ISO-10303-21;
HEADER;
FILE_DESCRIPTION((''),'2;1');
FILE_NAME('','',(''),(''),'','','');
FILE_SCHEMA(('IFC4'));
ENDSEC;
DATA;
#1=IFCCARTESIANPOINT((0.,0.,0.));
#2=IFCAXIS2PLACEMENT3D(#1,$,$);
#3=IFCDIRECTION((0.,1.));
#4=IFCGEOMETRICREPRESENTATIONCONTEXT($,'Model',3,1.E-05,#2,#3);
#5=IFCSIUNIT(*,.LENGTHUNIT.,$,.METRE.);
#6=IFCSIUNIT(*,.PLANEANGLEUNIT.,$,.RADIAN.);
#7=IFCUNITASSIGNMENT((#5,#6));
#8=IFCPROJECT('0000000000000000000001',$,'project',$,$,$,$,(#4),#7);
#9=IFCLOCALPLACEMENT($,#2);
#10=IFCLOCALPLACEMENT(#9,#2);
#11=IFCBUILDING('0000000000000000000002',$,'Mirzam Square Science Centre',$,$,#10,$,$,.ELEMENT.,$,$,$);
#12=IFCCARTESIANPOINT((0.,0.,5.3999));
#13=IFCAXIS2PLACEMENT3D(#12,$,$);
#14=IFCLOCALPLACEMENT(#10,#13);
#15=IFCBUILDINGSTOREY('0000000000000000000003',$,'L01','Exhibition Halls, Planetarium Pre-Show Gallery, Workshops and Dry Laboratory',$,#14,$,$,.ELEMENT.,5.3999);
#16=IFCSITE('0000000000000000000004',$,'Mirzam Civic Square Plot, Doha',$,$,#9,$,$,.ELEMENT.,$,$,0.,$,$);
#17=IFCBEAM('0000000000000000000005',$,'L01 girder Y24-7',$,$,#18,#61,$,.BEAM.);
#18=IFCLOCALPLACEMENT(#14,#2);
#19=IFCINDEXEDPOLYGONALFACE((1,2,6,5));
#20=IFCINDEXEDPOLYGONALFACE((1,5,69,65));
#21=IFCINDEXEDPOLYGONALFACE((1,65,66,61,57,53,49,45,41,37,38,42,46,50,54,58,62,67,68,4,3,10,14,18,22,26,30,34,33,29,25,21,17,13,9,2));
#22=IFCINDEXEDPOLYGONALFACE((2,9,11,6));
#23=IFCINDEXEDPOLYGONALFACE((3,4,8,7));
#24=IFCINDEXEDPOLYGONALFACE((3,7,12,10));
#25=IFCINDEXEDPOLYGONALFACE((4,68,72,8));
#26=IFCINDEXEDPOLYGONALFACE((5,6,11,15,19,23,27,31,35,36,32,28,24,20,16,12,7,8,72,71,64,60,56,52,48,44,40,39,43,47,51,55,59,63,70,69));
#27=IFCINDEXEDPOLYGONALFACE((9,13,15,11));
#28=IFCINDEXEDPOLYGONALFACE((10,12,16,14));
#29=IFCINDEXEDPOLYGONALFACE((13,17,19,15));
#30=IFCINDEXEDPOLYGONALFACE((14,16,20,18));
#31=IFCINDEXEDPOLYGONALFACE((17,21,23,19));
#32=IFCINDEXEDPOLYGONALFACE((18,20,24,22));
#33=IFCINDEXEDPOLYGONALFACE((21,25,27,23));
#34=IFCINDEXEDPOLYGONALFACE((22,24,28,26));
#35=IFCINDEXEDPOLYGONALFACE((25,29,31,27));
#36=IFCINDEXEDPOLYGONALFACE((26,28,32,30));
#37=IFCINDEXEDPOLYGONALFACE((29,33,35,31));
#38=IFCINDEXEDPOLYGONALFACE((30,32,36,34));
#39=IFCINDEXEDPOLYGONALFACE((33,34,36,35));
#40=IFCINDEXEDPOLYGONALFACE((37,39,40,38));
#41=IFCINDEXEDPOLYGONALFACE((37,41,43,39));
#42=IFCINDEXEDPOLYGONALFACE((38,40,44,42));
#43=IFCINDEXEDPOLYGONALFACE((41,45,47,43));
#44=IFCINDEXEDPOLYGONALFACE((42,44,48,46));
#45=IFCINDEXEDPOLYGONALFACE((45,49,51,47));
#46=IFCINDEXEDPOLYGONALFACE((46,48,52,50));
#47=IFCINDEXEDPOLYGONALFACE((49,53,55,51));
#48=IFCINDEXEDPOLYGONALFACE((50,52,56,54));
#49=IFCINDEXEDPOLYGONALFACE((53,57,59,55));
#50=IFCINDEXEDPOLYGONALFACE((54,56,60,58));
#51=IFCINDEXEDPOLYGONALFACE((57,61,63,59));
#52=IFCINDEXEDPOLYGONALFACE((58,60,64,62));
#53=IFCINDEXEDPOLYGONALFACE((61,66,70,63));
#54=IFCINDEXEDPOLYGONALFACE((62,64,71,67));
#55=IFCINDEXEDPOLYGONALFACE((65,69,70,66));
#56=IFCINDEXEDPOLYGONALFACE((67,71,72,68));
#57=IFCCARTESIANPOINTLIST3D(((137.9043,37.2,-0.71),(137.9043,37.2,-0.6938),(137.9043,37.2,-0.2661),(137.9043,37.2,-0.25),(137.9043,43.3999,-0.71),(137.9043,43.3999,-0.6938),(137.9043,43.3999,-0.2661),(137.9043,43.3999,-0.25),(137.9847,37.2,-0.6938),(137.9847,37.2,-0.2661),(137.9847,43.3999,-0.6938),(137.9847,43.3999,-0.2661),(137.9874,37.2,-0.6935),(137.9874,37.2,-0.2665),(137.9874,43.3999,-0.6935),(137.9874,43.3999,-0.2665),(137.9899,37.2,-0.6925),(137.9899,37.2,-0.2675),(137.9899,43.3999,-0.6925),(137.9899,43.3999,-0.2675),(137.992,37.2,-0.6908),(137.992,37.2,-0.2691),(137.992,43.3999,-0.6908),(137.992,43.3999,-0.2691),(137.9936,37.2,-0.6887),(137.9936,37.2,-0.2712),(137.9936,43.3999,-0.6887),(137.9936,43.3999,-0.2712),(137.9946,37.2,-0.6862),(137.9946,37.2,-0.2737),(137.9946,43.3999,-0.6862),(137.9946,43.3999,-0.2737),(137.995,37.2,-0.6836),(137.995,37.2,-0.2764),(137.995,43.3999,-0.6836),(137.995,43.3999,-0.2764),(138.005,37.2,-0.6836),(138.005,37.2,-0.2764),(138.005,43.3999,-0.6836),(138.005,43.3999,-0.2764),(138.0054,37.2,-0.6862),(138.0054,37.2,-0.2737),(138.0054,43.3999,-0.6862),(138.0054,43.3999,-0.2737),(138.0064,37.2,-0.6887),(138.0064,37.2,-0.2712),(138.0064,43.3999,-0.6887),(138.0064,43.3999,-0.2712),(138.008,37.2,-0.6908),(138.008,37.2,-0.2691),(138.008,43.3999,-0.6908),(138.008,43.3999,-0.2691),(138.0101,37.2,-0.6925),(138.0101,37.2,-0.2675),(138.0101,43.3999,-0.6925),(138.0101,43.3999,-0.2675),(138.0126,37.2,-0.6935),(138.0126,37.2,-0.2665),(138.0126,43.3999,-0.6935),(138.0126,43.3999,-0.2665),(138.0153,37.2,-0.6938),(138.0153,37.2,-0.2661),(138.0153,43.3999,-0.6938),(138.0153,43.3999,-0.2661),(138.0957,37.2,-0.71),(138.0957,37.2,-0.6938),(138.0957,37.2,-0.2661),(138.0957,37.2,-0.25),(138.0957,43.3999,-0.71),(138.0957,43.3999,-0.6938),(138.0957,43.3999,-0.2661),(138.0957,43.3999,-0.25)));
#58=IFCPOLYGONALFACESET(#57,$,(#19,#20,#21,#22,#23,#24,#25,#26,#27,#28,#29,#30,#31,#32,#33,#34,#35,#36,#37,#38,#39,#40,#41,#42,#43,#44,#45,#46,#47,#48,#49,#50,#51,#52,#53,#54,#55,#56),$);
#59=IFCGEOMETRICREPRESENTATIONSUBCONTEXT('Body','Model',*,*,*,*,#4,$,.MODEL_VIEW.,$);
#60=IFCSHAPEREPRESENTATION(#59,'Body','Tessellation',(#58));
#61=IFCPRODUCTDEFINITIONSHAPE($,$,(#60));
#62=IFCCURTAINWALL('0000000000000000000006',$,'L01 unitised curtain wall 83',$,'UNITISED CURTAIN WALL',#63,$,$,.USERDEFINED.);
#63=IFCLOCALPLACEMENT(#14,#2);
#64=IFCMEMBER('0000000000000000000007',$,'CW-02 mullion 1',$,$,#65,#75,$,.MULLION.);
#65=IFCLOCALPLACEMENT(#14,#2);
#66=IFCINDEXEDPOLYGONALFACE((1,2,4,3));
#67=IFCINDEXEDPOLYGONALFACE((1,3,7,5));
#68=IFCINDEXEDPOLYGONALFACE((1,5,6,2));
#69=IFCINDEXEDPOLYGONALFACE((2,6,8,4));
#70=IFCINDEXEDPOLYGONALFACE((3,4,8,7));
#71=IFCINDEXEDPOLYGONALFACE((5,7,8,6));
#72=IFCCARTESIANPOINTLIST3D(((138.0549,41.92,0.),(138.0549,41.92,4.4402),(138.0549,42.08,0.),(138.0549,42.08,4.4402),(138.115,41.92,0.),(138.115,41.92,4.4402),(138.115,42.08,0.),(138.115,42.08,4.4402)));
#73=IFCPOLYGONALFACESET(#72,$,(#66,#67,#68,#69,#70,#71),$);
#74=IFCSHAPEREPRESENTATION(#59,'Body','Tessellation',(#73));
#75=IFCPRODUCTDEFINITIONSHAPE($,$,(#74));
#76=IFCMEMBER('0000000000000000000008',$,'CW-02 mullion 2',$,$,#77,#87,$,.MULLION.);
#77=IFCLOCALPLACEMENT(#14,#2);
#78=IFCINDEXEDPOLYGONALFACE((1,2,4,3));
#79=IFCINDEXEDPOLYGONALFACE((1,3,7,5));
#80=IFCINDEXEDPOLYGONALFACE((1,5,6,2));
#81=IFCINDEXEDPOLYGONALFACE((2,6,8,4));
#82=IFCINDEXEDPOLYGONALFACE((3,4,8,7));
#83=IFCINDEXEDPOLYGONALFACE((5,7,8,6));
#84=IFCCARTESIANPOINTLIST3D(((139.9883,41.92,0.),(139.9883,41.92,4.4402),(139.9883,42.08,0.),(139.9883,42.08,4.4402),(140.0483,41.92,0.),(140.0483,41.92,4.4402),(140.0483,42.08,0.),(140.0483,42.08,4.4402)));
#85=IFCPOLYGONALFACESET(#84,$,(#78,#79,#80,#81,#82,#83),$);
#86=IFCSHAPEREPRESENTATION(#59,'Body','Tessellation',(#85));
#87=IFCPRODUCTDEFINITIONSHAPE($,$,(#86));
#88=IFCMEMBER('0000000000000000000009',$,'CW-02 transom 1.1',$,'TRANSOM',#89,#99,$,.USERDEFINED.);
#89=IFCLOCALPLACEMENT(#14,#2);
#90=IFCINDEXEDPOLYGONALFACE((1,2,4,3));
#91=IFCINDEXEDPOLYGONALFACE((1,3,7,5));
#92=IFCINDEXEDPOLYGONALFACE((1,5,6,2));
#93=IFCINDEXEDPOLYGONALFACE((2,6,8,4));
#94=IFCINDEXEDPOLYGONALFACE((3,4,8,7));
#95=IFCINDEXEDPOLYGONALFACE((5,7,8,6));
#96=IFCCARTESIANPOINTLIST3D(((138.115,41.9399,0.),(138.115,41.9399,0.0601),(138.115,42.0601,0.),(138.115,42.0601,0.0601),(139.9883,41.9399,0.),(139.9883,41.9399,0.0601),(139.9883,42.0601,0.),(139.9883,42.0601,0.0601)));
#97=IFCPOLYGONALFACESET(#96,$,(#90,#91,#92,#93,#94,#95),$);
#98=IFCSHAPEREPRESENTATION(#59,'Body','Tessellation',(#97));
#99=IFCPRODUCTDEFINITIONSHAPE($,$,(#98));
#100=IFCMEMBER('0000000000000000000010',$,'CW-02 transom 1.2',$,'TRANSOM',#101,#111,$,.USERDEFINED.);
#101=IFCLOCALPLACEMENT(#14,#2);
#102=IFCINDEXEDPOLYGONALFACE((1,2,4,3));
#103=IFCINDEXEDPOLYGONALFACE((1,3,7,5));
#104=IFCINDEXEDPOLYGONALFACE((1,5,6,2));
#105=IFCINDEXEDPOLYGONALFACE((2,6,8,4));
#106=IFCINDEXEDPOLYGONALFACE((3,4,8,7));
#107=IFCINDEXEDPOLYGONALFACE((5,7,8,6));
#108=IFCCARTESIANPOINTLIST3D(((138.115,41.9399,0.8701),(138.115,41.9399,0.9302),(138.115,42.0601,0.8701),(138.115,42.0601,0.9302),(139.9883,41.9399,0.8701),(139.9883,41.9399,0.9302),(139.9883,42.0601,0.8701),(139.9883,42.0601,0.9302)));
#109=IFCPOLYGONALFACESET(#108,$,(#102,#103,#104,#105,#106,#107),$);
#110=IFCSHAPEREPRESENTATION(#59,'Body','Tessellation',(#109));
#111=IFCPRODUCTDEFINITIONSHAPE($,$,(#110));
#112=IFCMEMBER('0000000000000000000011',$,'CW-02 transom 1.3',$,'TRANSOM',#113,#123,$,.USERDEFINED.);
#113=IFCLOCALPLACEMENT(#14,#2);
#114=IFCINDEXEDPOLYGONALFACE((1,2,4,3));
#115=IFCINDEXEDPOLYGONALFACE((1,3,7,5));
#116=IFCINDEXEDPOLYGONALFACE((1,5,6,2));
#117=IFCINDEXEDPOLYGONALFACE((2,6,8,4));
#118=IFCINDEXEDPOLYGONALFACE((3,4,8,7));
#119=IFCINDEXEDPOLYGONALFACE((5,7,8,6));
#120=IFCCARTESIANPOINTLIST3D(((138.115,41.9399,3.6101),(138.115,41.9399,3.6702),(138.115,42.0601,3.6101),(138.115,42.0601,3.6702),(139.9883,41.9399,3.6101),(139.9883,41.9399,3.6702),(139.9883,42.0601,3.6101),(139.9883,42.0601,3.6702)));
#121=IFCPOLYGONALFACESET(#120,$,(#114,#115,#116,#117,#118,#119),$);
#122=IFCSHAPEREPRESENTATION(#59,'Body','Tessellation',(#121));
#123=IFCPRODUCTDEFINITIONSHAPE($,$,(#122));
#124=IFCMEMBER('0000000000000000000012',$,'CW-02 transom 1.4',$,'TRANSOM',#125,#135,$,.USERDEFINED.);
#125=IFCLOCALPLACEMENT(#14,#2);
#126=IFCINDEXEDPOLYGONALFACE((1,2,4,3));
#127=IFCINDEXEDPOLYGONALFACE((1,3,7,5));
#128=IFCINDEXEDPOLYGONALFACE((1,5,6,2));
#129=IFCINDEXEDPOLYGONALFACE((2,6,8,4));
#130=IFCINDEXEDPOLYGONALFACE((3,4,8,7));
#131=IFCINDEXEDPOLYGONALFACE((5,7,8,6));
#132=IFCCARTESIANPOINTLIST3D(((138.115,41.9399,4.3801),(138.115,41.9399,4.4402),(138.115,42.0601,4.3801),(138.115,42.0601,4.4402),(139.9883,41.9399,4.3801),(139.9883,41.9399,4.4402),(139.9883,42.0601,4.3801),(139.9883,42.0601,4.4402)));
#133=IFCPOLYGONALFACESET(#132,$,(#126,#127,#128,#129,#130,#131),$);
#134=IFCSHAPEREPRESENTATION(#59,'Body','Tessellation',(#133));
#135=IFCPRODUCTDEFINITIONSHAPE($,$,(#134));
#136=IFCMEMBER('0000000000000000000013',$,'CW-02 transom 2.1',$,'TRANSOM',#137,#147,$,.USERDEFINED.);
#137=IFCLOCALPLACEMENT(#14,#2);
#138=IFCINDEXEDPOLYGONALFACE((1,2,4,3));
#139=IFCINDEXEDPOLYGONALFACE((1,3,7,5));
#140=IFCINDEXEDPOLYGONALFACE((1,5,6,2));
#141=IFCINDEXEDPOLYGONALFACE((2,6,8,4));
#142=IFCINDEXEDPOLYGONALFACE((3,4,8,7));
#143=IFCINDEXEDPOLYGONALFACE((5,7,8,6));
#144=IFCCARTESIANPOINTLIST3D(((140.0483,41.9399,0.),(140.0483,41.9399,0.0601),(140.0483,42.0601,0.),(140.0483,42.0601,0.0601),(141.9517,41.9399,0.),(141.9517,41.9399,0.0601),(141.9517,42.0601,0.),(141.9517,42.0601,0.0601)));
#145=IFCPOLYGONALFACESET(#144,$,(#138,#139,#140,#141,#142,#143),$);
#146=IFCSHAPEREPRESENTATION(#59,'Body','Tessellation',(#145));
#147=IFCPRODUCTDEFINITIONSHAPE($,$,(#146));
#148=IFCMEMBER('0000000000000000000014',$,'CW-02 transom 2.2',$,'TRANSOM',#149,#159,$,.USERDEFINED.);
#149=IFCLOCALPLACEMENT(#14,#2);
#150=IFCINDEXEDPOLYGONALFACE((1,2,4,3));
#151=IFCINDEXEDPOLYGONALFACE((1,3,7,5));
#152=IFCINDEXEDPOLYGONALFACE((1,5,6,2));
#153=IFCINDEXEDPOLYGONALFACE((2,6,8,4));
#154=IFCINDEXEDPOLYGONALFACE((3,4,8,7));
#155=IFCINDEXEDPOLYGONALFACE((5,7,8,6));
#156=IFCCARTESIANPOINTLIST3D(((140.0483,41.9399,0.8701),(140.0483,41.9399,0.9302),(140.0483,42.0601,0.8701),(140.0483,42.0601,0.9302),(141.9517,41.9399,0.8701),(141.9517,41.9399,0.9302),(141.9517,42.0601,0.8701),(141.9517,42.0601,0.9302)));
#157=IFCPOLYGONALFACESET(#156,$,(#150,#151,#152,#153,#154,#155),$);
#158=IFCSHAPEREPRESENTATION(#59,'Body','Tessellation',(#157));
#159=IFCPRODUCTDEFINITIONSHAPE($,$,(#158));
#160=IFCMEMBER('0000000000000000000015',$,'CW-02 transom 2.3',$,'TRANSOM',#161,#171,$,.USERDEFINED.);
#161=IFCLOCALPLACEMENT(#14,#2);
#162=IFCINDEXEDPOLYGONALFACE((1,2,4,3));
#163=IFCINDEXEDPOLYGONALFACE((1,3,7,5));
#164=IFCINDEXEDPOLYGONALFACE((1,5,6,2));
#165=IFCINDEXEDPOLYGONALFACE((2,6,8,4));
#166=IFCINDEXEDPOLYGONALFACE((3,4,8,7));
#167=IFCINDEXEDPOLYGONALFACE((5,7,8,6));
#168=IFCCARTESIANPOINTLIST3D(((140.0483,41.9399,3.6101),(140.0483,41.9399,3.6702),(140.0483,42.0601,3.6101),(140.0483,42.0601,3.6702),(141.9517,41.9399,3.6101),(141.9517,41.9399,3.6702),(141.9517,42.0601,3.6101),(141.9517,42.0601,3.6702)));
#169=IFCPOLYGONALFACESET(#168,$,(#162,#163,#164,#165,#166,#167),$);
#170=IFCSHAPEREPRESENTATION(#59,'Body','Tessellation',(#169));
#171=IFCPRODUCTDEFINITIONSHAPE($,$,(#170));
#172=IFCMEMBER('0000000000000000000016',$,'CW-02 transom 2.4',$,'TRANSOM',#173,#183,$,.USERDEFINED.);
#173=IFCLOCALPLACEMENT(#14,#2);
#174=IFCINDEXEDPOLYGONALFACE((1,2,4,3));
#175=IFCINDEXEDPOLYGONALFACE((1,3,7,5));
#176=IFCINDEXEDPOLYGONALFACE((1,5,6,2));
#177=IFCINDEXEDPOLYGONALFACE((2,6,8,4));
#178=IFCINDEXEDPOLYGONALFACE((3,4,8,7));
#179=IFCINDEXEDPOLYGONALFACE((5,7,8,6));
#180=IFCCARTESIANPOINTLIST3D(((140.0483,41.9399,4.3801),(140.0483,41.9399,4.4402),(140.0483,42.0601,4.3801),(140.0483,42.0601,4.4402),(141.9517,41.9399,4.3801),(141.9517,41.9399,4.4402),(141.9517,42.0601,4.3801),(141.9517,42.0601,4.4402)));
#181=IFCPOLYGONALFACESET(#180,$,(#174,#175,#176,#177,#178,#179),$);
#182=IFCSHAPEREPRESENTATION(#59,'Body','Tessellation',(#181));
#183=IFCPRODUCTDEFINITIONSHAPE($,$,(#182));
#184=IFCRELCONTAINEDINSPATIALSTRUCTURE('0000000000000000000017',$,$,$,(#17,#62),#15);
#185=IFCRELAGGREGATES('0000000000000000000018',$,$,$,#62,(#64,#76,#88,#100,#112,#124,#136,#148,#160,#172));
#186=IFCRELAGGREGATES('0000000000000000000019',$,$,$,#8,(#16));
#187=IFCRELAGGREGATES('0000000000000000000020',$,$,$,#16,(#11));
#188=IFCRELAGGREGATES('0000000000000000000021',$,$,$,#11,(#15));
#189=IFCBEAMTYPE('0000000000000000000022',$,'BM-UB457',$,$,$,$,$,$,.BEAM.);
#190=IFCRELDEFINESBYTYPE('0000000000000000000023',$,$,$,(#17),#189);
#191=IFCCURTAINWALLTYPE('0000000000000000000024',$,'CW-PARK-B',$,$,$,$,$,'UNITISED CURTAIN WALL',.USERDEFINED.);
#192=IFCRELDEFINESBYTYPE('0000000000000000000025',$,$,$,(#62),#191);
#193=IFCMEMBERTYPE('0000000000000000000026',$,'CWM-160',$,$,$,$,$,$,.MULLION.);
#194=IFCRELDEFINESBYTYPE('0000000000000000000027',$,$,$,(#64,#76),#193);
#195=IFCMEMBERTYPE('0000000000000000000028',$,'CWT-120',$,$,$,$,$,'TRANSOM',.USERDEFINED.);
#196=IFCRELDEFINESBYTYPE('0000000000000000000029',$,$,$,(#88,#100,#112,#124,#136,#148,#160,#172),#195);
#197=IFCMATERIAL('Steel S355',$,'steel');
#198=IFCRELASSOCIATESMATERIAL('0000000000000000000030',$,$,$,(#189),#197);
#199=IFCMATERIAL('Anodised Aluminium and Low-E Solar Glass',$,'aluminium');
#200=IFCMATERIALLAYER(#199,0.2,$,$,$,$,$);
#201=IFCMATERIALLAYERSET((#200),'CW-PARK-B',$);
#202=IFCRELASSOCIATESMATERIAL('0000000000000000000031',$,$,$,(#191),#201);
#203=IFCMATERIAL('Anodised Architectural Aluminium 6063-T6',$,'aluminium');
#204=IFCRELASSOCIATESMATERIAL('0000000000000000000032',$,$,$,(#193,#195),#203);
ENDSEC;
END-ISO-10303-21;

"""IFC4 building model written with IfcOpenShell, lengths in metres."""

from ifc_helpers import new_model, si_unit, direction, frame, origin, origin_2d, place, context, subcontext, project, spatial, rectangle, i_section, extrude, material, layer, layer_set, material_profile, profile_set, type_object, element, aggregate, save


model = new_model("IFC4")

# Units and contexts
model_context = context("Model", 3, precision=1e-05, world=origin(), true_north=direction((0.0, 1.0)))
body_context = subcontext(model_context, "Body", "Model", "MODEL_VIEW")
ifc_project = project(units=[si_unit("LENGTHUNIT", "METRE"), si_unit("PLANEANGLEUNIT", "RADIAN")], contexts=[model_context])

# Site, building, storey
site_placement = place(None, origin())
site = spatial("IfcSite", under=ifc_project, at=site_placement, Name="Mirzam Civic Square Plot, Doha", CompositionType="ELEMENT", RefElevation=0.0)
building_placement = place(site_placement, origin())
building = spatial("IfcBuilding", under=site, at=building_placement, Name="Mirzam Square Science Centre", CompositionType="ELEMENT")
storey_placement = place(building_placement, frame((0.0, 0.0, 5.3999)))
storey = spatial("IfcBuildingStorey", under=building, at=storey_placement, Name="L01", Description="Exhibition Halls, Planetarium Pre-Show Gallery, Workshops and Dry Laboratory", CompositionType="ELEMENT", Elevation=5.3999)

# Beam
ifc_material_1 = material(Name="Steel S355", Category="steel")
ifc_material_profile_1 = material_profile(ifc_material_1, i_section(OverallWidth=0.1914, OverallDepth=0.46, WebThickness=0.01, FlangeThickness=0.0161, FilletRadius=0.0103, at=origin_2d()), Name="457x191x82UB")
ifc_profile_set_1 = profile_set([ifc_material_profile_1], Name="Steel S355")
beam_type_1 = type_object("IfcBeamType", Name="BM-UB457", PredefinedType="BEAM", material=ifc_profile_set_1)
beam_1_placement = place(storey_placement, frame((138.0, 37.2, -0.48), z_axis=(0.0, 1.0, 0.0), x_axis=(-1.0, 0.0, 0.0)))
element("IfcBeam", 1, at=beam_1_placement, inside=storey, type_object=beam_type_1, Name="L01 girder Y24-7", PredefinedType="BEAM", context=body_context, shape_type="SweptSolid", body=[
    extrude(i_section(OverallWidth=0.1914, OverallDepth=0.46, WebThickness=0.01, FlangeThickness=0.0161, FilletRadius=0.0103, at=origin_2d()), origin(), (0.0, 0.0, 1.0), 6.2),
])

# Curtain wall, members
ifc_material_2 = material(Name="Anodised Aluminium and Low-E Solar Glass", Category="aluminium")
ifc_layer_1 = layer(ifc_material_2, 0.2)
ifc_layer_set_1 = layer_set([ifc_layer_1], Name="CW-PARK-B")
curtain_wall_type = type_object("IfcCurtainWallType", Name="CW-PARK-B", ElementType="UNITISED CURTAIN WALL", PredefinedType="USERDEFINED", material=ifc_layer_set_1)
curtain_wall_placement = place(storey_placement, origin())
curtain_wall = element("IfcCurtainWall", 2, at=curtain_wall_placement, inside=storey, type_object=curtain_wall_type, Name="L01 unitised curtain wall 83", ObjectType="UNITISED CURTAIN WALL", PredefinedType="USERDEFINED")
ifc_material_3 = material(Name="Anodised Architectural Aluminium 6063-T6", Category="aluminium")
ifc_material_profile_2 = material_profile(ifc_material_3, rectangle(XDim=0.0601, YDim=0.1599, at=origin_2d()), Name="ALU-MULL-160x60x4")
ifc_profile_set_2 = profile_set([ifc_material_profile_2], Name="Anodised Architectural Aluminium 6063-T6")
member_type_1 = type_object("IfcMemberType", Name="CWM-160", PredefinedType="MULLION", material=ifc_profile_set_2)
member_1_placement = place(storey_placement, frame((138.085, 42.0, 0.0), z_axis=(0.0, 0.0, 1.0), x_axis=(1.0, 0.0, 0.0)))
member_1 = element("IfcMember", 3, at=member_1_placement, type_object=member_type_1, Name="CW-02 mullion 1", PredefinedType="MULLION", context=body_context, shape_type="SweptSolid", body=[
    extrude(rectangle(XDim=0.0601, YDim=0.1599, at=origin_2d()), origin(), (0.0, 0.0, 1.0), 4.4402),
])
member_2_placement = place(storey_placement, frame((140.0183, 42.0, 0.0), z_axis=(0.0, 0.0, 1.0), x_axis=(1.0, 0.0, 0.0)))
member_2 = element("IfcMember", 4, at=member_2_placement, type_object=member_type_1, Name="CW-02 mullion 2", PredefinedType="MULLION", context=body_context, shape_type="SweptSolid", body=[
    extrude(rectangle(XDim=0.0601, YDim=0.1599, at=origin_2d()), origin(), (0.0, 0.0, 1.0), 4.4402),
])
ifc_material_profile_3 = material_profile(ifc_material_3, rectangle(XDim=0.1201, YDim=0.0601, at=origin_2d()), Name="ALU-TRAN-120x60x4")
ifc_profile_set_3 = profile_set([ifc_material_profile_3], Name="Anodised Architectural Aluminium 6063-T6")
member_type_2 = type_object("IfcMemberType", Name="CWT-120", ElementType="TRANSOM", PredefinedType="USERDEFINED", material=ifc_profile_set_3)
member_3_placement = place(storey_placement, frame((138.115, 42.0, 0.03), z_axis=(1.0, 0.0, 0.0), x_axis=(0.0, 1.0, 0.0)))
member_3 = element("IfcMember", 5, at=member_3_placement, type_object=member_type_2, Name="CW-02 transom 1.1", ObjectType="TRANSOM", PredefinedType="USERDEFINED", context=body_context, shape_type="SweptSolid", body=[
    extrude(rectangle(XDim=0.1201, YDim=0.0601, at=origin_2d()), origin(), (0.0, 0.0, 1.0), 1.8733),
])
member_4_placement = place(storey_placement, frame((138.115, 42.0, 0.9001), z_axis=(1.0, 0.0, 0.0), x_axis=(0.0, 1.0, 0.0)))
member_4 = element("IfcMember", 6, at=member_4_placement, type_object=member_type_2, Name="CW-02 transom 1.2", ObjectType="TRANSOM", PredefinedType="USERDEFINED", context=body_context, shape_type="SweptSolid", body=[
    extrude(rectangle(XDim=0.1201, YDim=0.0601, at=origin_2d()), origin(), (0.0, 0.0, 1.0), 1.8733),
])
member_5_placement = place(storey_placement, frame((138.115, 42.0, 3.6401), z_axis=(1.0, 0.0, 0.0), x_axis=(0.0, 1.0, 0.0)))
member_5 = element("IfcMember", 7, at=member_5_placement, type_object=member_type_2, Name="CW-02 transom 1.3", ObjectType="TRANSOM", PredefinedType="USERDEFINED", context=body_context, shape_type="SweptSolid", body=[
    extrude(rectangle(XDim=0.1201, YDim=0.0601, at=origin_2d()), origin(), (0.0, 0.0, 1.0), 1.8733),
])
member_6_placement = place(storey_placement, frame((138.115, 42.0, 4.4102), z_axis=(1.0, 0.0, 0.0), x_axis=(0.0, 1.0, 0.0)))
member_6 = element("IfcMember", 8, at=member_6_placement, type_object=member_type_2, Name="CW-02 transom 1.4", ObjectType="TRANSOM", PredefinedType="USERDEFINED", context=body_context, shape_type="SweptSolid", body=[
    extrude(rectangle(XDim=0.1201, YDim=0.0601, at=origin_2d()), origin(), (0.0, 0.0, 1.0), 1.8733),
])
member_7_placement = place(storey_placement, frame((140.0483, 42.0, 0.03), z_axis=(1.0, 0.0, 0.0), x_axis=(0.0, 1.0, 0.0)))
member_7 = element("IfcMember", 9, at=member_7_placement, type_object=member_type_2, Name="CW-02 transom 2.1", ObjectType="TRANSOM", PredefinedType="USERDEFINED", context=body_context, shape_type="SweptSolid", body=[
    extrude(rectangle(XDim=0.1201, YDim=0.0601, at=origin_2d()), origin(), (0.0, 0.0, 1.0), 1.9033),
])
member_8_placement = place(storey_placement, frame((140.0483, 42.0, 0.9001), z_axis=(1.0, 0.0, 0.0), x_axis=(0.0, 1.0, 0.0)))
member_8 = element("IfcMember", 10, at=member_8_placement, type_object=member_type_2, Name="CW-02 transom 2.2", ObjectType="TRANSOM", PredefinedType="USERDEFINED", context=body_context, shape_type="SweptSolid", body=[
    extrude(rectangle(XDim=0.1201, YDim=0.0601, at=origin_2d()), origin(), (0.0, 0.0, 1.0), 1.9033),
])
member_9_placement = place(storey_placement, frame((140.0483, 42.0, 3.6401), z_axis=(1.0, 0.0, 0.0), x_axis=(0.0, 1.0, 0.0)))
member_9 = element("IfcMember", 11, at=member_9_placement, type_object=member_type_2, Name="CW-02 transom 2.3", ObjectType="TRANSOM", PredefinedType="USERDEFINED", context=body_context, shape_type="SweptSolid", body=[
    extrude(rectangle(XDim=0.1201, YDim=0.0601, at=origin_2d()), origin(), (0.0, 0.0, 1.0), 1.9033),
])
member_10_placement = place(storey_placement, frame((140.0483, 42.0, 4.4102), z_axis=(1.0, 0.0, 0.0), x_axis=(0.0, 1.0, 0.0)))
member_10 = element("IfcMember", 12, at=member_10_placement, type_object=member_type_2, Name="CW-02 transom 2.4", ObjectType="TRANSOM", PredefinedType="USERDEFINED", context=body_context, shape_type="SweptSolid", body=[
    extrude(rectangle(XDim=0.1201, YDim=0.0601, at=origin_2d()), origin(), (0.0, 0.0, 1.0), 1.9033),
])

aggregate(curtain_wall, [member_1, member_2, member_3, member_4, member_5, member_6, member_7, member_8, member_9, member_10])

save(model, "model.ifc")
